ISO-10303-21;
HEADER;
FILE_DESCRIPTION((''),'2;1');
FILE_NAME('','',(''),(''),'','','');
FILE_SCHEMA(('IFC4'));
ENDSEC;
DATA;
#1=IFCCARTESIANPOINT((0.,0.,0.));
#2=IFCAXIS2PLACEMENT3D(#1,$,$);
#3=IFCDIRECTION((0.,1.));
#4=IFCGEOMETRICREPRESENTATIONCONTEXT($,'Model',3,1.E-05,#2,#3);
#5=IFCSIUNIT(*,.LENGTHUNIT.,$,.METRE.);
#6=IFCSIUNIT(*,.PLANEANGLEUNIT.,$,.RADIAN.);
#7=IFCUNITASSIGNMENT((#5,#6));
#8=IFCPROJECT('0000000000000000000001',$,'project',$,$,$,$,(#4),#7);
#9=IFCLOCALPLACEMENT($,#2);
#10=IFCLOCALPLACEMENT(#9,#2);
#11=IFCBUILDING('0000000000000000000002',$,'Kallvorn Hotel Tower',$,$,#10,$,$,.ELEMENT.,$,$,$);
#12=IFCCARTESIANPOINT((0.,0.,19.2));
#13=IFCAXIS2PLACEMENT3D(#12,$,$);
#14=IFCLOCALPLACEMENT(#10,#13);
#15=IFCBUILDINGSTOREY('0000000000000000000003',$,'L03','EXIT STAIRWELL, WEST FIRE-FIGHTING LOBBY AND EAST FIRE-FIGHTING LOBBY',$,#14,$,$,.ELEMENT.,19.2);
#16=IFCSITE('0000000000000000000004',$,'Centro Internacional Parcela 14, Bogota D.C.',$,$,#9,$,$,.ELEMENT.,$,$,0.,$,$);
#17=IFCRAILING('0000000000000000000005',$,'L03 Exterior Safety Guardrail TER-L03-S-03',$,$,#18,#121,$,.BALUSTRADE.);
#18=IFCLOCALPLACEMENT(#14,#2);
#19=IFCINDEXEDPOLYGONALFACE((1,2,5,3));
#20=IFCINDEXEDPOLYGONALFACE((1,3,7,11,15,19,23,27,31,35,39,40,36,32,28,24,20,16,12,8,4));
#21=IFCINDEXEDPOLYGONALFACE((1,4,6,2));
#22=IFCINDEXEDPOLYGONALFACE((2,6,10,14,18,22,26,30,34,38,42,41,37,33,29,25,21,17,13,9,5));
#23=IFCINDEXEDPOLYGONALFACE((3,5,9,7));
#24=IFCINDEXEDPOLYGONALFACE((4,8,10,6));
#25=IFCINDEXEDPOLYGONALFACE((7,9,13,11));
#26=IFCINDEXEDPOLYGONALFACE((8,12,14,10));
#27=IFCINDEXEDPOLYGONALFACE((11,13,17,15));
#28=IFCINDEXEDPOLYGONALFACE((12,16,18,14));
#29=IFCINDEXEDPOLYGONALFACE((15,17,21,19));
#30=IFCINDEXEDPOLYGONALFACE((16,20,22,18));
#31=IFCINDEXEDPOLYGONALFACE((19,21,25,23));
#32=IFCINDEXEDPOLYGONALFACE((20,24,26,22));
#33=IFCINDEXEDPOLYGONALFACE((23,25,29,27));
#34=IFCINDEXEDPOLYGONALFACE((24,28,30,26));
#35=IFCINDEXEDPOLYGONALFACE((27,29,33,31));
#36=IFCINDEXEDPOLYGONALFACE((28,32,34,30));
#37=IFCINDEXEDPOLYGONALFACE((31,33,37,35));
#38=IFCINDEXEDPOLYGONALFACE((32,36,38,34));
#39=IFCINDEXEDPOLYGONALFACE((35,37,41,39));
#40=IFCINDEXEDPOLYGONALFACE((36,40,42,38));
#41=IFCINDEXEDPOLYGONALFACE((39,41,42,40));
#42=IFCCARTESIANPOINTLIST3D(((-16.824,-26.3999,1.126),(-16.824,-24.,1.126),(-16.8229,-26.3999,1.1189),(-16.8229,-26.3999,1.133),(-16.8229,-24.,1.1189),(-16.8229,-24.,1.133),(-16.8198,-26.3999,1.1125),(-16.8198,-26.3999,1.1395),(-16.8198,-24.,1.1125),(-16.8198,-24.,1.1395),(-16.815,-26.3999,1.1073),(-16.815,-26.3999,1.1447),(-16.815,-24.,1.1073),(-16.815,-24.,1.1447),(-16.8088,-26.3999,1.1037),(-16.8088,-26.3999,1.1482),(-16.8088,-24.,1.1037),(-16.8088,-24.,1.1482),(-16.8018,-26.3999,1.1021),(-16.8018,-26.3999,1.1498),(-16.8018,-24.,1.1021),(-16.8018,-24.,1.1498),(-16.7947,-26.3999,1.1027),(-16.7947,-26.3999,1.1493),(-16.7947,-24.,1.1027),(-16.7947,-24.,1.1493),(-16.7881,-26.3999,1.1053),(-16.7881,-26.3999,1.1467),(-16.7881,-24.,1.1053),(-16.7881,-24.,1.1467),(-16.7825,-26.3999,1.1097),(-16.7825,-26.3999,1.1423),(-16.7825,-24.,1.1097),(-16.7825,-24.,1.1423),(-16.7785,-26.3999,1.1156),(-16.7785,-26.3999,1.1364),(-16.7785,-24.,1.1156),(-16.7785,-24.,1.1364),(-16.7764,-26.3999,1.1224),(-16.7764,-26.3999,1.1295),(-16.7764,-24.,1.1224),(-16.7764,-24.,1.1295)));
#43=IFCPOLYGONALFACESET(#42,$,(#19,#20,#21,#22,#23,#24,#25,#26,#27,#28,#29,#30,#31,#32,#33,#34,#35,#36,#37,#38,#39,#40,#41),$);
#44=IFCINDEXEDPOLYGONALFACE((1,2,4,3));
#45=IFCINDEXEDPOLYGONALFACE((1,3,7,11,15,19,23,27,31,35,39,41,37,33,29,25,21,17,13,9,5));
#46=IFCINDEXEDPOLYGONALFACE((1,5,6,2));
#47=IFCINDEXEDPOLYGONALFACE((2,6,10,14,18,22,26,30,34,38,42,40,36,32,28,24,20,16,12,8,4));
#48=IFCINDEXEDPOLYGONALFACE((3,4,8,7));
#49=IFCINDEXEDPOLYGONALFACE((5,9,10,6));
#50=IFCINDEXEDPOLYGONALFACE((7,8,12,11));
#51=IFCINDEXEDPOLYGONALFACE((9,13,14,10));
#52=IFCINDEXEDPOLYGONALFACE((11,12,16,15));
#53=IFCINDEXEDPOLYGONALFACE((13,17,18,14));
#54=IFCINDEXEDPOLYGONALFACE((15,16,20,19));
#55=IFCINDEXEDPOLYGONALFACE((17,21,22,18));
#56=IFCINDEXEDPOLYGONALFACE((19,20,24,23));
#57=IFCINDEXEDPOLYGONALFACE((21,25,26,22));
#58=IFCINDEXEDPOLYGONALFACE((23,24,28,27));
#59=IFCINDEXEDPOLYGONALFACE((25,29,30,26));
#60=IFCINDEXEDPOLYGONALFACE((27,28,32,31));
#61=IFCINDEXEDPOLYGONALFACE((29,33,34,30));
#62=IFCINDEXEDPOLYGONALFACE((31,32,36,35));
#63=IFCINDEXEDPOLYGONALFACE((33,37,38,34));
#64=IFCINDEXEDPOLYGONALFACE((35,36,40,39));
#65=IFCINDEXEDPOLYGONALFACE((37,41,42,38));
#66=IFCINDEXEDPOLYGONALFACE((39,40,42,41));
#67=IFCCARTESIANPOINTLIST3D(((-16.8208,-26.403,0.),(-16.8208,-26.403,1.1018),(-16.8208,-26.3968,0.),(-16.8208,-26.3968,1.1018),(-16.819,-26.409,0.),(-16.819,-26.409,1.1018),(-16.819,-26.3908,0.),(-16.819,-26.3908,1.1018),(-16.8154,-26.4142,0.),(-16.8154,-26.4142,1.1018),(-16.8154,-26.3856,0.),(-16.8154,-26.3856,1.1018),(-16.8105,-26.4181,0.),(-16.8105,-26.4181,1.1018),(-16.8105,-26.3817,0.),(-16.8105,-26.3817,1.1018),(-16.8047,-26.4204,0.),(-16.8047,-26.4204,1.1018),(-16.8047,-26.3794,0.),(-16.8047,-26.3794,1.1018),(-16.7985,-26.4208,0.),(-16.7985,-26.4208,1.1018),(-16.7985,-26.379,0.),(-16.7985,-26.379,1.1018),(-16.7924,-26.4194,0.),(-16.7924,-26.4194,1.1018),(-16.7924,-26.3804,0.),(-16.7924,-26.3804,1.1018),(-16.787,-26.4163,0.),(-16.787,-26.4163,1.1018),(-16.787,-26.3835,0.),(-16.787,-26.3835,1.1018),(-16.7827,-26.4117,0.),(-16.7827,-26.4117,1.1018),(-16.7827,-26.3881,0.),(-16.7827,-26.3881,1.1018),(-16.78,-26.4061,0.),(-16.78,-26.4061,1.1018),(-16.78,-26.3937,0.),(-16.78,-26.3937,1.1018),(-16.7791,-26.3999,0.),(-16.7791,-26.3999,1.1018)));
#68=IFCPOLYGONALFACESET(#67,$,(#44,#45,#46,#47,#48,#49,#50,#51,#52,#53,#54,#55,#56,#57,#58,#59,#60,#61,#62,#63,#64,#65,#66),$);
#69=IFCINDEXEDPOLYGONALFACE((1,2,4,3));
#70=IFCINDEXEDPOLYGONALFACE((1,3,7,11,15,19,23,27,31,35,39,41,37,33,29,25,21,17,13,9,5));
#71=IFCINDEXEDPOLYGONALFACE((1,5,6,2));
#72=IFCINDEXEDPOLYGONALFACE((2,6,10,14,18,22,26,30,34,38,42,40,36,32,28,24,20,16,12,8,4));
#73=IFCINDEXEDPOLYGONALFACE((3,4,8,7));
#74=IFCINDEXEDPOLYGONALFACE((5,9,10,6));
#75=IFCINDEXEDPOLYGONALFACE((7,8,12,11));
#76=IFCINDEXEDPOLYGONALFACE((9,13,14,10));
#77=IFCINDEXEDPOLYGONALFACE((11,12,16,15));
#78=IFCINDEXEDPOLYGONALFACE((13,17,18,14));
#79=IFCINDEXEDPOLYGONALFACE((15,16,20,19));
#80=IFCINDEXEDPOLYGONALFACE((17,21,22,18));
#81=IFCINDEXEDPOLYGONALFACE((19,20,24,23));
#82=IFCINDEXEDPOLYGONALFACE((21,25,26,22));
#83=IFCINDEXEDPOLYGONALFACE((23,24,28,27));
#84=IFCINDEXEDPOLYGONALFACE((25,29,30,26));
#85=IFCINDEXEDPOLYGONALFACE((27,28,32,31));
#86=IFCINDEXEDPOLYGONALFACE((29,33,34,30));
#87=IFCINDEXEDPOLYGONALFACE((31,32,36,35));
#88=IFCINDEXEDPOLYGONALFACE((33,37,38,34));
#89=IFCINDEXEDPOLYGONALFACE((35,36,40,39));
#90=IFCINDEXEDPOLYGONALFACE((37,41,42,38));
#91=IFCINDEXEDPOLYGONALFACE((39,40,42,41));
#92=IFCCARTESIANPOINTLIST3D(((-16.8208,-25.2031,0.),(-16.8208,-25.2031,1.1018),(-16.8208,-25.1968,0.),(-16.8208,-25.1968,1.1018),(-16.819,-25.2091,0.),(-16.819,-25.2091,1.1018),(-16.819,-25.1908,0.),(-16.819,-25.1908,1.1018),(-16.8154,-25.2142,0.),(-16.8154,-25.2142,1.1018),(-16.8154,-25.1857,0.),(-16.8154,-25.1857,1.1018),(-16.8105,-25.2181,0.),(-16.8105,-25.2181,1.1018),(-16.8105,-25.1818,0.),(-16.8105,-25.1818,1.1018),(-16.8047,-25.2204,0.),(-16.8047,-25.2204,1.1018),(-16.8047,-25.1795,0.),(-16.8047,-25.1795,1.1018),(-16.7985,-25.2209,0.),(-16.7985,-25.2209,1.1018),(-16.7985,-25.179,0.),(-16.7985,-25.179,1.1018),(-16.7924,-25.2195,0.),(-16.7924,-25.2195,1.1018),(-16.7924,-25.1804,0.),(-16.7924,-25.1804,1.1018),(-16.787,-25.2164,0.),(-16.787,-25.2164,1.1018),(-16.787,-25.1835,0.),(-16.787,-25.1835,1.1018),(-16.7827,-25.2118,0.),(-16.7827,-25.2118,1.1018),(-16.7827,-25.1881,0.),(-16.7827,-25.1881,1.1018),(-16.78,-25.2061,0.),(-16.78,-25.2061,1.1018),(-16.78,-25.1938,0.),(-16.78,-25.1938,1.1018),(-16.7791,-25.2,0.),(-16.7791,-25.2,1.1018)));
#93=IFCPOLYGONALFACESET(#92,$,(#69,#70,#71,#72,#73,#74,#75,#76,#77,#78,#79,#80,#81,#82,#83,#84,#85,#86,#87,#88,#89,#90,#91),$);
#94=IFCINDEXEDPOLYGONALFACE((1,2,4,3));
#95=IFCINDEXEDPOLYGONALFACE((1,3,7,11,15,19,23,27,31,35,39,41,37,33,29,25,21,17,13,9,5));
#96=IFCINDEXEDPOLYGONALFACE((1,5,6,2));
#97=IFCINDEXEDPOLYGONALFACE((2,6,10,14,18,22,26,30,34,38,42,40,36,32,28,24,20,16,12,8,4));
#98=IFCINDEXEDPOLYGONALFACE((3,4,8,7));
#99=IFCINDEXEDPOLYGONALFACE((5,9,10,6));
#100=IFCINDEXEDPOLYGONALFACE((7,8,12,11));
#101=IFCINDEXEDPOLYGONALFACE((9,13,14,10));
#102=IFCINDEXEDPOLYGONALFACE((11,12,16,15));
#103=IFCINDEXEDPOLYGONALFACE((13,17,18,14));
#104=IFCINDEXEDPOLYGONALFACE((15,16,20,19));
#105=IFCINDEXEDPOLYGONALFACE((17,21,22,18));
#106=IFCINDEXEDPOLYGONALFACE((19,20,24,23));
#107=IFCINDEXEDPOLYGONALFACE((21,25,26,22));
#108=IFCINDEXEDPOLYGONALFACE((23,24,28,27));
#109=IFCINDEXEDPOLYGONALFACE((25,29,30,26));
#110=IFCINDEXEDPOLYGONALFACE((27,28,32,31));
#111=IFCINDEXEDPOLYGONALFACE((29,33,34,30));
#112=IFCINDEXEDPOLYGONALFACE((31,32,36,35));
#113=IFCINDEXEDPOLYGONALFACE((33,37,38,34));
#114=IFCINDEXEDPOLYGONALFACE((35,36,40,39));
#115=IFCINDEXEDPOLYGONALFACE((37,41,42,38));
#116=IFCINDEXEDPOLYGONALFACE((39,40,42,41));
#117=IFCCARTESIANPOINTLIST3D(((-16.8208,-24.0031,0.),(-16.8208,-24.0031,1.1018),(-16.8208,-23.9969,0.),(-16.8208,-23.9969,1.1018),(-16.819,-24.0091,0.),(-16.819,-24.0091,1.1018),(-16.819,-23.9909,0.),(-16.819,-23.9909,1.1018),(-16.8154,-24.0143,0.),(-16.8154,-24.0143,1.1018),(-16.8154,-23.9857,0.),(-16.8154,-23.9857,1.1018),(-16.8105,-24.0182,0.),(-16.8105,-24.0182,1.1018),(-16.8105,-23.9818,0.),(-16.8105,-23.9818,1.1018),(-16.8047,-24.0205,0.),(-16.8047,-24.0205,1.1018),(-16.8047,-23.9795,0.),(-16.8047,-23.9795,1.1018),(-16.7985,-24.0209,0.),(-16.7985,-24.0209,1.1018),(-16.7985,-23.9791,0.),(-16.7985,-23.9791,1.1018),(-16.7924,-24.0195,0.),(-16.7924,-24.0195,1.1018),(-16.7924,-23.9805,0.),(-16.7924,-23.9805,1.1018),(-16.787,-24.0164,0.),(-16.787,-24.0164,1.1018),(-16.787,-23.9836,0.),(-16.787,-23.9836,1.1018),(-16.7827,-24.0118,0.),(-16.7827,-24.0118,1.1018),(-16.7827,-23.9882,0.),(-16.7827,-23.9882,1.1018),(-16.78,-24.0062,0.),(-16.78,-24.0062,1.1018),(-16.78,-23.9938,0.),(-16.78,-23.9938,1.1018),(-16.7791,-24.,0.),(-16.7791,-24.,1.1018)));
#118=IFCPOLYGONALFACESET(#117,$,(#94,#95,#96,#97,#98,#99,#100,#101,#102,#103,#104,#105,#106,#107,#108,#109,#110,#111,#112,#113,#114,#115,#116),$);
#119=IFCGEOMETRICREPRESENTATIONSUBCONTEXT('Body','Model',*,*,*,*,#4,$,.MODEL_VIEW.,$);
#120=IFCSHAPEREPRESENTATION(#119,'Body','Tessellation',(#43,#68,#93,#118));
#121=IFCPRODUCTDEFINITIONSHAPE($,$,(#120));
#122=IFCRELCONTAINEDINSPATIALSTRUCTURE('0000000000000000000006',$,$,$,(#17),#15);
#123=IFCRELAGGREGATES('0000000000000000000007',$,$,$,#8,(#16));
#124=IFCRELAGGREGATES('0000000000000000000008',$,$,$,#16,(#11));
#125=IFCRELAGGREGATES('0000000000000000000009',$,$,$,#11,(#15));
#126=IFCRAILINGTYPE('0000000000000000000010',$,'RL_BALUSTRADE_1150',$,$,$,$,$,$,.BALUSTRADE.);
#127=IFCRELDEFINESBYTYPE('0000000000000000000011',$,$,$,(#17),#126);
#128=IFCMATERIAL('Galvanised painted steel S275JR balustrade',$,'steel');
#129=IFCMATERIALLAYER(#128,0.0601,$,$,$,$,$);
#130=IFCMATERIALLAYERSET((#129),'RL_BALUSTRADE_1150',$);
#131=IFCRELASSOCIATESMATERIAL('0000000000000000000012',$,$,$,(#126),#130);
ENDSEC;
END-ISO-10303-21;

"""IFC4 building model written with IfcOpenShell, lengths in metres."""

from ifc_helpers import new_model, si_unit, direction, frame, origin, origin_2d, place, context, subcontext, project, spatial, circle, extrude, material, layer, layer_set, type_object, element, save


model = new_model("IFC4")

# Units and contexts
model_context = context("Model", 3, precision=1e-05, world=origin(), true_north=direction((0.0, 1.0)))
body_context = subcontext(model_context, "Body", "Model", "MODEL_VIEW")
ifc_project = project(units=[si_unit("LENGTHUNIT", "METRE"), si_unit("PLANEANGLEUNIT", "RADIAN")], contexts=[model_context])

# Site, building, storey
site_placement = place(None, origin())
site = spatial("IfcSite", under=ifc_project, at=site_placement, Name="Centro Internacional Parcela 14, Bogota D.C.", CompositionType="ELEMENT", RefElevation=0.0)
building_placement = place(site_placement, origin())
building = spatial("IfcBuilding", under=site, at=building_placement, Name="Kallvorn Hotel Tower", CompositionType="ELEMENT")
storey_placement = place(building_placement, frame((0.0, 0.0, 19.2)))
storey = spatial("IfcBuildingStorey", under=building, at=storey_placement, Name="L03", Description="EXIT STAIRWELL, WEST FIRE-FIGHTING LOBBY AND EAST FIRE-FIGHTING LOBBY", CompositionType="ELEMENT", Elevation=19.2)

# Railing
ifc_material_1 = material(Name="Galvanised painted steel S275JR balustrade", Category="steel")
ifc_layer_1 = layer(ifc_material_1, 0.0601)
ifc_layer_set_1 = layer_set([ifc_layer_1], Name="RL_BALUSTRADE_1150")
railing_type = type_object("IfcRailingType", Name="RL_BALUSTRADE_1150", PredefinedType="BALUSTRADE", material=ifc_layer_set_1)
railing_placement = place(storey_placement, frame((-16.8, -26.3999, 0.0)))
element("IfcRailing", 1, at=railing_placement, inside=storey, type_object=railing_type, Name="L03 Exterior Safety Guardrail TER-L03-S-03", PredefinedType="BALUSTRADE", context=body_context, shape_type="SweptSolid", body=[
    extrude(circle(Radius=0.0239, at=origin_2d()), frame((0.0, 0.0, 1.126), z_axis=(0.0, 1.0, 0.0), x_axis=(-1.0, 0.0, 0.0)), (0.0, 0.0, 1.0), 2.3999),
    extrude(circle(Radius=0.021, at=origin_2d()), origin(), (0.0, 0.0, 1.0), 1.1018),
    extrude(circle(Radius=0.021, at=origin_2d()), frame((0.0, 1.2, 0.0)), (0.0, 0.0, 1.0), 1.1018),
    extrude(circle(Radius=0.021, at=origin_2d()), frame((0.0, 2.3999, 0.0)), (0.0, 0.0, 1.0), 1.1018),
])

save(model, "model.ifc")
